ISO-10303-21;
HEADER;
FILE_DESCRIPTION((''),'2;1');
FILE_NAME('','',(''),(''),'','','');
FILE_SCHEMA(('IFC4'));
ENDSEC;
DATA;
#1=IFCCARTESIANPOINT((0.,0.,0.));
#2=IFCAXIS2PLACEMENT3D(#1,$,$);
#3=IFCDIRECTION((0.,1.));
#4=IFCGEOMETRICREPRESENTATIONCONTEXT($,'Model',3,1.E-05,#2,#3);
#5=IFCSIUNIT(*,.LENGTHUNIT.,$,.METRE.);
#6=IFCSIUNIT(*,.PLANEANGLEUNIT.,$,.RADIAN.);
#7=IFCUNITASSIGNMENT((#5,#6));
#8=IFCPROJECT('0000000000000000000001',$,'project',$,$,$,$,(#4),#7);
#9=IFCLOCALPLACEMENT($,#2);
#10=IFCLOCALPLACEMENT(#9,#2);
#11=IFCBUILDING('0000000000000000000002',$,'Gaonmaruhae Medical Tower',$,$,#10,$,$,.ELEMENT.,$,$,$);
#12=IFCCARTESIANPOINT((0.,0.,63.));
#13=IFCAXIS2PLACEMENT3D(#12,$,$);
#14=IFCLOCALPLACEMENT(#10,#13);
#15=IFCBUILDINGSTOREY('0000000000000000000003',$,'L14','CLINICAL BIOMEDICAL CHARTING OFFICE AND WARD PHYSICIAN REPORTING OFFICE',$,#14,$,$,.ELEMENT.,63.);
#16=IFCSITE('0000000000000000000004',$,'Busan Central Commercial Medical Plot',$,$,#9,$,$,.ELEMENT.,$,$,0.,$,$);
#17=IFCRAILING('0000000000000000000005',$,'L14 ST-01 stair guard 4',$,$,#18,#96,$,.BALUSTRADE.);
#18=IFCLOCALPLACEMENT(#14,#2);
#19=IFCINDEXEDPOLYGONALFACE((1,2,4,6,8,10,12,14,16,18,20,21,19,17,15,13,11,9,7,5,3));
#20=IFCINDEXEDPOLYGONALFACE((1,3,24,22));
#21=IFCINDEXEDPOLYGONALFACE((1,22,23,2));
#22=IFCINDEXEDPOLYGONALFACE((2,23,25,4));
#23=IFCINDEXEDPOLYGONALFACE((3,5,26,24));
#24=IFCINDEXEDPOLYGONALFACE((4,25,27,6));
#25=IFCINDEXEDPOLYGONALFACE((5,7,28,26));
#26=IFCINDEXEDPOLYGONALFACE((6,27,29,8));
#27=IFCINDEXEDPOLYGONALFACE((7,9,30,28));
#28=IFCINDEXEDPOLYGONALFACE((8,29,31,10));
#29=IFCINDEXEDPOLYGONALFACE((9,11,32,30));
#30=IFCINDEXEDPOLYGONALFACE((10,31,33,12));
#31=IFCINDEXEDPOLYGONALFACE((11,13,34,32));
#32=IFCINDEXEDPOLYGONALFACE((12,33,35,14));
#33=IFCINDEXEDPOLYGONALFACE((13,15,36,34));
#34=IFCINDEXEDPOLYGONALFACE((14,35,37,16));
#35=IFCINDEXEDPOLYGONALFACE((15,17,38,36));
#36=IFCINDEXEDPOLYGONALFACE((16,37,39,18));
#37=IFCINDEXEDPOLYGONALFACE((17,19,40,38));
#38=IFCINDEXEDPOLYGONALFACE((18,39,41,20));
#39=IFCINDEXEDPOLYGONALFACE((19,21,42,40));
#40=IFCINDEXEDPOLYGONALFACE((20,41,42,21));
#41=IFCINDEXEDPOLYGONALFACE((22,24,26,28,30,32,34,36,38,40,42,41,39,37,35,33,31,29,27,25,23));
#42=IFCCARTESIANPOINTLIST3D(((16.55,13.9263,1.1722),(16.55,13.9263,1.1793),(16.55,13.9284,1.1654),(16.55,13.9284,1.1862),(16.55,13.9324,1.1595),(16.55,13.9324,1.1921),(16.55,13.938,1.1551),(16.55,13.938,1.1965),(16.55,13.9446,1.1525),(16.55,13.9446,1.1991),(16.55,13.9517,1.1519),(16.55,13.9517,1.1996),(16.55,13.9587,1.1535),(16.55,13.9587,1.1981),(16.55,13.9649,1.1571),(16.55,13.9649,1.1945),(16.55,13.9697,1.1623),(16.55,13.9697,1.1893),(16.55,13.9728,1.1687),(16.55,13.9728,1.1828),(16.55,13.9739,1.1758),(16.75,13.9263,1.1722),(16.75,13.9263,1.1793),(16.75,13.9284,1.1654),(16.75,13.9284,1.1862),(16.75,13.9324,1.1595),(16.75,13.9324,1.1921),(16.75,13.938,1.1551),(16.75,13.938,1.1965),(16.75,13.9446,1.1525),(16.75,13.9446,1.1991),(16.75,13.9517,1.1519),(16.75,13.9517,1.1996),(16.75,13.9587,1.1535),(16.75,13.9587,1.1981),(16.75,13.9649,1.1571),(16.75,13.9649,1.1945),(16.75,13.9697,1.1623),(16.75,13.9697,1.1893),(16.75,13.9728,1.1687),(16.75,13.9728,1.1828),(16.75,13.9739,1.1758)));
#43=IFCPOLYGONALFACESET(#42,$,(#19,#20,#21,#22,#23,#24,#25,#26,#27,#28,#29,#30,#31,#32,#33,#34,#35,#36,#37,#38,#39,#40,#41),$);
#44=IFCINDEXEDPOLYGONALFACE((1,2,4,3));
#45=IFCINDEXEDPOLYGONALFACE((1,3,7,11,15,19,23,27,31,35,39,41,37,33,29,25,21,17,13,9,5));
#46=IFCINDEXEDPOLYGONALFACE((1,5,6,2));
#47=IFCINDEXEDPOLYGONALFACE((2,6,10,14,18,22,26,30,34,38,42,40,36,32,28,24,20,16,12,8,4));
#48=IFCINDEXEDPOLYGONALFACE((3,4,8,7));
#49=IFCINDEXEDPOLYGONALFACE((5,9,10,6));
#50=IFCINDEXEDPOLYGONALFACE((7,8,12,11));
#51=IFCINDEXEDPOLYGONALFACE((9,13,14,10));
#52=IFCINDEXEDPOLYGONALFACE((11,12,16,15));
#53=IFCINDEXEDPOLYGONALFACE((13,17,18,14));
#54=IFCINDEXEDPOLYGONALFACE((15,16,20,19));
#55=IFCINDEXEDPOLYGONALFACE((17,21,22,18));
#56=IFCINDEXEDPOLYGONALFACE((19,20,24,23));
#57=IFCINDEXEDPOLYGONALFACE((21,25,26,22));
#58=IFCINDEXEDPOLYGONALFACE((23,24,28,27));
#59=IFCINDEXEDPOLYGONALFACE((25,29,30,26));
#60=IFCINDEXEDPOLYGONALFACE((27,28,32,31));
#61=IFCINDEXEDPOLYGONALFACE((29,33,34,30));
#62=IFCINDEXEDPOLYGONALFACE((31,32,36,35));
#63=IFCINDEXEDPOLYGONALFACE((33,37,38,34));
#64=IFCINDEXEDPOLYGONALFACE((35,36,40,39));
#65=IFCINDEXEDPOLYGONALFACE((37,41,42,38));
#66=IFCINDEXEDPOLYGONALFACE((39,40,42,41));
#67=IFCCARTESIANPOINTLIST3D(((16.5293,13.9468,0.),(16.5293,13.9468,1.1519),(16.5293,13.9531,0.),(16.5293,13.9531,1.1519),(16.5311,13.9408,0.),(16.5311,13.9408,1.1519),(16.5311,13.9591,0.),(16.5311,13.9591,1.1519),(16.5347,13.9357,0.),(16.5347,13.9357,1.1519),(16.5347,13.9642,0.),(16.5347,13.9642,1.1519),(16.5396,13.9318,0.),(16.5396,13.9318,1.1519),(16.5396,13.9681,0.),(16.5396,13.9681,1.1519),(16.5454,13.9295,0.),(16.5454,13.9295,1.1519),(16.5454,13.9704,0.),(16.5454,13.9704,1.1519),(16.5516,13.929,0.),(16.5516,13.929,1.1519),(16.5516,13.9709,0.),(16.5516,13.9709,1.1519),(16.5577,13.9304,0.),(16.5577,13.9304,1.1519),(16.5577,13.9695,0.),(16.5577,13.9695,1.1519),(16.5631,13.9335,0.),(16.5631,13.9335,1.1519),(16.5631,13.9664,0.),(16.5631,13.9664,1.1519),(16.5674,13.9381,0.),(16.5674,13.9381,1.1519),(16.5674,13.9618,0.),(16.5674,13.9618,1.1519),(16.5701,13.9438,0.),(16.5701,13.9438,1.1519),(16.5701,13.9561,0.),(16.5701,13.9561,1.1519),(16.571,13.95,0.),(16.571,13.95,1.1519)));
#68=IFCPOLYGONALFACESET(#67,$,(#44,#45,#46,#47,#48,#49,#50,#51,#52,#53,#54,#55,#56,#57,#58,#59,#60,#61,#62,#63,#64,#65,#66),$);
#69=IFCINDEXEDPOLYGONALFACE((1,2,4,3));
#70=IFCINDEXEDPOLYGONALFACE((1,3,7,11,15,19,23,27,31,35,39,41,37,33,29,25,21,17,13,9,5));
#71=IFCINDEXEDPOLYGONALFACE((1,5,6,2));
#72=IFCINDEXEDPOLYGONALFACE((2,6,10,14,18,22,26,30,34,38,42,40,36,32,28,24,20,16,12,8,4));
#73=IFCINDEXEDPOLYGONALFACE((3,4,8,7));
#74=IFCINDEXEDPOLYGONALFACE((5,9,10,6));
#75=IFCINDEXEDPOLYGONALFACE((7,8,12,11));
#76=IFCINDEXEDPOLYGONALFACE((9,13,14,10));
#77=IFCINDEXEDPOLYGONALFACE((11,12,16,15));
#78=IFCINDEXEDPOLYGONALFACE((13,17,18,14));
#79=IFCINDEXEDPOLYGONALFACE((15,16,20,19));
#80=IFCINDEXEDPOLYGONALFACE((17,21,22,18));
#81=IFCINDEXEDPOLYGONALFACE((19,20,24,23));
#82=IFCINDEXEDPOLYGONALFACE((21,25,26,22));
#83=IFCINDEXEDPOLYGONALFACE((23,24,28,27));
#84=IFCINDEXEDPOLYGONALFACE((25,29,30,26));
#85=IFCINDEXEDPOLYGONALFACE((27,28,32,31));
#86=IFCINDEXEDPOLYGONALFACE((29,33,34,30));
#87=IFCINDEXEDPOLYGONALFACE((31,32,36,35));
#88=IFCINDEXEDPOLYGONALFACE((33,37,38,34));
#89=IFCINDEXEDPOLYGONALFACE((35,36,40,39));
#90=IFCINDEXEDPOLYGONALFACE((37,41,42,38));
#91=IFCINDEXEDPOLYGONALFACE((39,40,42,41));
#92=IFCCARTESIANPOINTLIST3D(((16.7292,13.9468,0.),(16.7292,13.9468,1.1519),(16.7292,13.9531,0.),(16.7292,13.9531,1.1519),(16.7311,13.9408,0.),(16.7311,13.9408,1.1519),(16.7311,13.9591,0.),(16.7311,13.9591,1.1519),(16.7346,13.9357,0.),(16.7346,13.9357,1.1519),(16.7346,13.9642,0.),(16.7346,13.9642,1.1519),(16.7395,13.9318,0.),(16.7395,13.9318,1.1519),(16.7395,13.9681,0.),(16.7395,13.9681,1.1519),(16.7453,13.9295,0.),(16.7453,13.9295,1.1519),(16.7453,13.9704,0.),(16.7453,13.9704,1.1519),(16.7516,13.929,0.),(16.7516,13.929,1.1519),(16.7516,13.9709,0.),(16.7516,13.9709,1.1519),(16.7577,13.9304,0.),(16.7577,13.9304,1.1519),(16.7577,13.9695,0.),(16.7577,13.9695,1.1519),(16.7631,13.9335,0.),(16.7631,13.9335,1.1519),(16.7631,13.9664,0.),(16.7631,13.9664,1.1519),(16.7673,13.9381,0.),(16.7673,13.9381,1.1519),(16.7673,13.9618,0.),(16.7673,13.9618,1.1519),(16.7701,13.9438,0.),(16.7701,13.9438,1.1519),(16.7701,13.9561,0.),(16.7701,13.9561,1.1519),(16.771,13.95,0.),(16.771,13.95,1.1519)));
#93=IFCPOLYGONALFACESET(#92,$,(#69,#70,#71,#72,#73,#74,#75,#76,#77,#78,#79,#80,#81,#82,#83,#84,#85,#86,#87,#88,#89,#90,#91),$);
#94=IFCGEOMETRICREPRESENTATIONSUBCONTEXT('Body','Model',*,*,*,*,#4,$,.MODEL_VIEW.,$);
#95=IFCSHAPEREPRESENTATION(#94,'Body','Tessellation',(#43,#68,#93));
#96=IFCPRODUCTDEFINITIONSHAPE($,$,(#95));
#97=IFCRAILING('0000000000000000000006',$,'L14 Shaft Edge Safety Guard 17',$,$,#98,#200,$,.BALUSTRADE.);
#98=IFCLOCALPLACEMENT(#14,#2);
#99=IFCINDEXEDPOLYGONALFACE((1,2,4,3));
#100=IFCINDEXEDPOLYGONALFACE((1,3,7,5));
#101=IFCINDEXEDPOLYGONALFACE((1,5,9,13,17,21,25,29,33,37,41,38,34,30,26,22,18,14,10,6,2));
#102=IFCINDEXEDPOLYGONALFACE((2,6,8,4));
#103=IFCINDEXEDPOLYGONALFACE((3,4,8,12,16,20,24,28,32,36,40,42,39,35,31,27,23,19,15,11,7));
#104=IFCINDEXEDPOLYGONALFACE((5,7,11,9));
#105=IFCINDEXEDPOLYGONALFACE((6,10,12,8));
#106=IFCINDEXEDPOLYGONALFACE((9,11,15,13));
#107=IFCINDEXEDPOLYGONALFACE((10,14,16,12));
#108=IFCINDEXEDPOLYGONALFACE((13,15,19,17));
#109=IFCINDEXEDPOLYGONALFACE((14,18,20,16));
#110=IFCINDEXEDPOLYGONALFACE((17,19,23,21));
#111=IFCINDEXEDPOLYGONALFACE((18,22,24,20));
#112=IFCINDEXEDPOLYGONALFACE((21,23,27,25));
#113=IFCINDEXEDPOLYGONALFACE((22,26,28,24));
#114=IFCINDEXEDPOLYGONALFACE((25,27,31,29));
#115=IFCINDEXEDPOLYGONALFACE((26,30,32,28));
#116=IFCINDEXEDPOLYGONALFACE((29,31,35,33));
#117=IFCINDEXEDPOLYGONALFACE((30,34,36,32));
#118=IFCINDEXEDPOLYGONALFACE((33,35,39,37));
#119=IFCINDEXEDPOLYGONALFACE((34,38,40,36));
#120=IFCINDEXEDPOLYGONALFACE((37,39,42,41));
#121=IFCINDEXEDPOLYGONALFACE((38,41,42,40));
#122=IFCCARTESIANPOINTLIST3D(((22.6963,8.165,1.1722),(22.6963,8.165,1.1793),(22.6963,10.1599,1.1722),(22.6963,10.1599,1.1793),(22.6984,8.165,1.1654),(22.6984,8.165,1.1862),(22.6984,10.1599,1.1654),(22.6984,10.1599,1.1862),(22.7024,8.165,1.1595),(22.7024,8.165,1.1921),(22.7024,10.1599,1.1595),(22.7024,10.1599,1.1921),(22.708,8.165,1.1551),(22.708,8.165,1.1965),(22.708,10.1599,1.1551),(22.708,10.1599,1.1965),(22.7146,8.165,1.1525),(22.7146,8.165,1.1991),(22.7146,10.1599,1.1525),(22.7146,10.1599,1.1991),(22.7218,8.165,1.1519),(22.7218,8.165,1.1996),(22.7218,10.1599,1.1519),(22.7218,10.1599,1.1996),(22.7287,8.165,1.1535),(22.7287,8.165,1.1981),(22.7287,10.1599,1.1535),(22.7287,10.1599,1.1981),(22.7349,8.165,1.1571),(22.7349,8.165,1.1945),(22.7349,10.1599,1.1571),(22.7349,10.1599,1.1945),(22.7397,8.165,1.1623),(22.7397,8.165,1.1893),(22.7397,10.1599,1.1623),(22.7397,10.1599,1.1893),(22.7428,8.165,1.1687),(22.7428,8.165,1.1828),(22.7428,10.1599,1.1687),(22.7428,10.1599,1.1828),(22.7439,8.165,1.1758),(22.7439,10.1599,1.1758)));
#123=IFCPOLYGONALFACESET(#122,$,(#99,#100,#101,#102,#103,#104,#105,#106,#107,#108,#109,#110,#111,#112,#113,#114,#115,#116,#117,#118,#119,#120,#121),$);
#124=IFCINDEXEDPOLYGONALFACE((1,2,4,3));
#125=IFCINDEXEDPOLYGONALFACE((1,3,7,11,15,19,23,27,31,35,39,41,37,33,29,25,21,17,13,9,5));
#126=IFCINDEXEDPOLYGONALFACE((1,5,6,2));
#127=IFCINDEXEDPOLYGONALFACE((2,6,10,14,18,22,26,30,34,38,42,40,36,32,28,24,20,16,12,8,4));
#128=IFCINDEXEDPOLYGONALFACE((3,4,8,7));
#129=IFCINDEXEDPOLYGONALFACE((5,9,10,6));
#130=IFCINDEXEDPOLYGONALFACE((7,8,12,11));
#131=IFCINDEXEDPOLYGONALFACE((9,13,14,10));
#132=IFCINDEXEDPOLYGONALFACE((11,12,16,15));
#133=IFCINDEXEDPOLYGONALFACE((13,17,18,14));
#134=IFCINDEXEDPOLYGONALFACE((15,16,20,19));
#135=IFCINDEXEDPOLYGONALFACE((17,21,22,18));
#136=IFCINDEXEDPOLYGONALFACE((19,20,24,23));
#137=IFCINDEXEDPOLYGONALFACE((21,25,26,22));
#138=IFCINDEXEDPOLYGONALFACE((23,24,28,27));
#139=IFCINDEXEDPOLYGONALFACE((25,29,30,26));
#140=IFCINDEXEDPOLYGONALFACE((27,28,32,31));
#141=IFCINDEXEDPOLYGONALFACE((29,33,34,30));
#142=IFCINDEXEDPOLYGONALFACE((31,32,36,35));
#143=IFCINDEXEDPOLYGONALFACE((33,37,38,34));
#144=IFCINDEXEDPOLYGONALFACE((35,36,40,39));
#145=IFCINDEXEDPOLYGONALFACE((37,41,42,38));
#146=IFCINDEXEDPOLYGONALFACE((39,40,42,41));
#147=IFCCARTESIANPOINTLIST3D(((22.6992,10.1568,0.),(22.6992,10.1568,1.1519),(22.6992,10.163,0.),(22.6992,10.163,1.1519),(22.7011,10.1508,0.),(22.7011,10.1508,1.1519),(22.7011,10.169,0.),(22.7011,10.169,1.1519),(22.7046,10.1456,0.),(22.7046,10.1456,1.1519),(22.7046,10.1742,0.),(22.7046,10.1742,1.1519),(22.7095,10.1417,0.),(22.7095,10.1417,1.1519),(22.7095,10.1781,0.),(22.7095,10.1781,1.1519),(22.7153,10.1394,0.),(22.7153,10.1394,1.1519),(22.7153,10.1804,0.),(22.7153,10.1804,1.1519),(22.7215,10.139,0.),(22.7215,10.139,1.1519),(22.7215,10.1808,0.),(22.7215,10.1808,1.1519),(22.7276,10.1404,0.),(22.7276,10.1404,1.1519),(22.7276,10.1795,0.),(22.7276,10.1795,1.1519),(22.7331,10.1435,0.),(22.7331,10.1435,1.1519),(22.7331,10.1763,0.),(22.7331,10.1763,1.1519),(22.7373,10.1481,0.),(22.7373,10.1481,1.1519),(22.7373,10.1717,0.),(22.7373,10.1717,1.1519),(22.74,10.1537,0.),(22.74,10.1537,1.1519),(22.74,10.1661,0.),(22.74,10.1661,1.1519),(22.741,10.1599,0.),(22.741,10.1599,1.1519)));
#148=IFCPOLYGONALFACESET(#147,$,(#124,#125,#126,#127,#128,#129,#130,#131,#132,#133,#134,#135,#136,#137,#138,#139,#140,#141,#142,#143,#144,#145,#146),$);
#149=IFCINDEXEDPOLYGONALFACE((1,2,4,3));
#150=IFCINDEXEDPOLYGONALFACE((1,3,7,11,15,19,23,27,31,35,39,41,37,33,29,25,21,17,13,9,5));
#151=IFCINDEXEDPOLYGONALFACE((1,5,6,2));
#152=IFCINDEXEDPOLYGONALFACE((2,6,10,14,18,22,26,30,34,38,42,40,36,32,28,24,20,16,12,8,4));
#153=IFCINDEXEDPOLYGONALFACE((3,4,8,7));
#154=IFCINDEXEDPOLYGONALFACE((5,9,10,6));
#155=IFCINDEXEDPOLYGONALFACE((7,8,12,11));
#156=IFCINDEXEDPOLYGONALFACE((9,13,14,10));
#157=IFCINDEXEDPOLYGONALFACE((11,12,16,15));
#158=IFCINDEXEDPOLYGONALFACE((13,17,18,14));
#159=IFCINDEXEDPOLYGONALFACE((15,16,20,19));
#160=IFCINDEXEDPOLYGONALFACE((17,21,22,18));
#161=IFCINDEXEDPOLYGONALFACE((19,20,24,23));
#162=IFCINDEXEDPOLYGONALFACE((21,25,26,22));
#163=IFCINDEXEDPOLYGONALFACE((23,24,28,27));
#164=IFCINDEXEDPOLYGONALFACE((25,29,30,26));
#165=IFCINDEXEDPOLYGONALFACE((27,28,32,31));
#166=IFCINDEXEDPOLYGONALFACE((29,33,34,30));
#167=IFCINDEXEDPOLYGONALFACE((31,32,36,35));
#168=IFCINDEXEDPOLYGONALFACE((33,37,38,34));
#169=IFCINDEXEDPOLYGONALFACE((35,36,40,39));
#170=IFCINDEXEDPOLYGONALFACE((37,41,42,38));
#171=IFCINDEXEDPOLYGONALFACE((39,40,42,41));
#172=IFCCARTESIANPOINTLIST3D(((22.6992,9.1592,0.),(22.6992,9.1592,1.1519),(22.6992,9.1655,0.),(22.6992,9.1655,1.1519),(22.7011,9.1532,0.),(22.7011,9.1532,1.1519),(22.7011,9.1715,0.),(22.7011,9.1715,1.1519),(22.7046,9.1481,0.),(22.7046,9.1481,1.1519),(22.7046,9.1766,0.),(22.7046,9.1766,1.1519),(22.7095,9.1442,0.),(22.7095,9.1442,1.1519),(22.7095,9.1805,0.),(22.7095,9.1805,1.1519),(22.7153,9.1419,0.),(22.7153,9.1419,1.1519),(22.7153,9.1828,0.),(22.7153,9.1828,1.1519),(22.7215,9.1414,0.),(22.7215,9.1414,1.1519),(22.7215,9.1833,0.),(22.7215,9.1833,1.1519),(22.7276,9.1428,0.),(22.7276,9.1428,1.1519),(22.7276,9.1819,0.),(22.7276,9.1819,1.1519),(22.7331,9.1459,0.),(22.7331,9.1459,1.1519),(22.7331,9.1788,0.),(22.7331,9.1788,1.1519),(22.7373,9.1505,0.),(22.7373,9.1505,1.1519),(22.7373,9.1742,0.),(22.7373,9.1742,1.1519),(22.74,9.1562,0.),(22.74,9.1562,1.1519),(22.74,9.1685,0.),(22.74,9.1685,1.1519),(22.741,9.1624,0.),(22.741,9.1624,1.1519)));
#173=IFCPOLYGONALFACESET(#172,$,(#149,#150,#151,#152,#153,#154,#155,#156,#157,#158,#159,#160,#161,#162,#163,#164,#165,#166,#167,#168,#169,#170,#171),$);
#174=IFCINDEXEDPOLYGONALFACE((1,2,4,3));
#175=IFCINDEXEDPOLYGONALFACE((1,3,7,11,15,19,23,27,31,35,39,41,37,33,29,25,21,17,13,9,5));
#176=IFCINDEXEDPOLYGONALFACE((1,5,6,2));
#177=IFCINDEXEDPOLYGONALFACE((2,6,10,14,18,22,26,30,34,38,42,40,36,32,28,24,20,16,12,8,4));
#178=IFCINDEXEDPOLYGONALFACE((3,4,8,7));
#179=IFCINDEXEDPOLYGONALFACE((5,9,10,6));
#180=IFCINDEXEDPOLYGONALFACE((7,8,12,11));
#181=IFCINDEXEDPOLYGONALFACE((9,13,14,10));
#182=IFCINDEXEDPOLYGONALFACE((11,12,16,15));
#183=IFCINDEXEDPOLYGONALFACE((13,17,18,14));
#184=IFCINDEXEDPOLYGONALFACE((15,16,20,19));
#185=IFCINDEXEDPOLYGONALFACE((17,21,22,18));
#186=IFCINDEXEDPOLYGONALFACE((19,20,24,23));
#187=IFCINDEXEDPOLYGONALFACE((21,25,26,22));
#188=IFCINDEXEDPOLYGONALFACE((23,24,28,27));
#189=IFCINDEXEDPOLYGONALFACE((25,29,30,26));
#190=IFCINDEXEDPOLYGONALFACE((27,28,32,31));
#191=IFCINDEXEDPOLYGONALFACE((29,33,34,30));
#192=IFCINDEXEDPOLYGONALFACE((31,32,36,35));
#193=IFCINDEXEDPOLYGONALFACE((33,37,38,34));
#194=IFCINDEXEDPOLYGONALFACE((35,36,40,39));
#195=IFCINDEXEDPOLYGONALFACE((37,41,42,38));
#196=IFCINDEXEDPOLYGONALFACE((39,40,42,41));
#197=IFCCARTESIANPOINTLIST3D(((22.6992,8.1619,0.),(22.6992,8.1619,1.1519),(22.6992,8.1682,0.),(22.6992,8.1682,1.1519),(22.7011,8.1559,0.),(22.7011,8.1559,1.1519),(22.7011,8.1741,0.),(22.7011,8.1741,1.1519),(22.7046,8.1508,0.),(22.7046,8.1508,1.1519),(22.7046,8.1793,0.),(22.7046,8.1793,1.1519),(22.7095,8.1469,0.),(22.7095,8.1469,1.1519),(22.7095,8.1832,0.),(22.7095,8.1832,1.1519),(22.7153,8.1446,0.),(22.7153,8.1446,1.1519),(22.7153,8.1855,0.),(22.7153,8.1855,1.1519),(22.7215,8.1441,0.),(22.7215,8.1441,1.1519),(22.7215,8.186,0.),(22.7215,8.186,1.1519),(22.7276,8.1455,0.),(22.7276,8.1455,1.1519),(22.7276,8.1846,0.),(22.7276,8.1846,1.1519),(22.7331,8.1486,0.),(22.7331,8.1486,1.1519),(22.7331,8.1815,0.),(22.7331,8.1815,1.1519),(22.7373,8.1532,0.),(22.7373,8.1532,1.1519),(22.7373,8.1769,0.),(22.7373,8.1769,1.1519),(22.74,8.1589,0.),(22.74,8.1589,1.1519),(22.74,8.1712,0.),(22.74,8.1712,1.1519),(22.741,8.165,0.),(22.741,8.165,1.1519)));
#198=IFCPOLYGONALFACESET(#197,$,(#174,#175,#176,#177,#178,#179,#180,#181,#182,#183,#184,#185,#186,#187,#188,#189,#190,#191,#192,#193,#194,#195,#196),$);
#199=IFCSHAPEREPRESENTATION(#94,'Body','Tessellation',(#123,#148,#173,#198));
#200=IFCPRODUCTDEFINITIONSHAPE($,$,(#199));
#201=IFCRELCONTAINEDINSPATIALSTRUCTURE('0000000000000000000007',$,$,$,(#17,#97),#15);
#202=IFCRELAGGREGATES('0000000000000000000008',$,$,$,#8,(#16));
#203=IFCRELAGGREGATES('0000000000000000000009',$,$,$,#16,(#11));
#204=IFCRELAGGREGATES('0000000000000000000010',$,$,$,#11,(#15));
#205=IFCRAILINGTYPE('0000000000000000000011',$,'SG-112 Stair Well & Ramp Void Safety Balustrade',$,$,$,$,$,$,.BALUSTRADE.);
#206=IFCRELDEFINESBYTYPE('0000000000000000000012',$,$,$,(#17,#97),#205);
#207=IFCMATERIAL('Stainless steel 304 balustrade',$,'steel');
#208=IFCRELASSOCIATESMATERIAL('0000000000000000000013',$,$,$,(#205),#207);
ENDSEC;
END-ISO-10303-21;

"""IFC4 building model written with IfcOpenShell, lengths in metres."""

from ifc_helpers import new_model, si_unit, direction, frame, origin, origin_2d, place, context, subcontext, project, spatial, circle, extrude, material, type_object, element, save


model = new_model("IFC4")

# Units and contexts
model_context = context("Model", 3, precision=1e-05, world=origin(), true_north=direction((0.0, 1.0)))
body_context = subcontext(model_context, "Body", "Model", "MODEL_VIEW")
ifc_project = project(units=[si_unit("LENGTHUNIT", "METRE"), si_unit("PLANEANGLEUNIT", "RADIAN")], contexts=[model_context])

# Site, building, storey
site_placement = place(None, origin())
site = spatial("IfcSite", under=ifc_project, at=site_placement, Name="Busan Central Commercial Medical Plot", CompositionType="ELEMENT", RefElevation=0.0)
building_placement = place(site_placement, origin())
building = spatial("IfcBuilding", under=site, at=building_placement, Name="Gaonmaruhae Medical Tower", CompositionType="ELEMENT")
storey_placement = place(building_placement, frame((0.0, 0.0, 63.0)))
storey = spatial("IfcBuildingStorey", under=building, at=storey_placement, Name="L14", Description="CLINICAL BIOMEDICAL CHARTING OFFICE AND WARD PHYSICIAN REPORTING OFFICE", CompositionType="ELEMENT", Elevation=63.0)

# Railings
ifc_material_1 = material(Name="Stainless steel 304 balustrade", Category="steel")
railing_type_1 = type_object("IfcRailingType", Name="SG-112 Stair Well & Ramp Void Safety Balustrade", PredefinedType="BALUSTRADE", material=ifc_material_1)
railing_1_placement = place(storey_placement, frame((16.55, 13.95, 0.0)))
element("IfcRailing", 1, at=railing_1_placement, inside=storey, type_object=railing_type_1, Name="L14 ST-01 stair guard 4", PredefinedType="BALUSTRADE", context=body_context, shape_type="SweptSolid", body=[
    extrude(circle(Radius=0.0239, at=origin_2d()), frame((0.0, 0.0, 1.1758), z_axis=(1.0, 0.0, 0.0), x_axis=(0.0, 1.0, 0.0)), (0.0, 0.0, 1.0), 0.2),
    extrude(circle(Radius=0.021, at=origin_2d()), origin(), (0.0, 0.0, 1.0), 1.1519),
    extrude(circle(Radius=0.021, at=origin_2d()), frame((0.2, 0.0, 0.0)), (0.0, 0.0, 1.0), 1.1519),
])
railing_2_placement = place(storey_placement, frame((22.72, 10.1599, 0.0)))
element("IfcRailing", 2, at=railing_2_placement, inside=storey, type_object=railing_type_1, Name="L14 Shaft Edge Safety Guard 17", PredefinedType="BALUSTRADE", context=body_context, shape_type="SweptSolid", body=[
    extrude(circle(Radius=0.0239, at=origin_2d()), frame((0.0, 0.0, 1.1758), z_axis=(0.0, -1.0, 0.0), x_axis=(1.0, 0.0, 0.0)), (0.0, 0.0, 1.0), 1.9949),
    extrude(circle(Radius=0.021, at=origin_2d()), origin(), (0.0, 0.0, 1.0), 1.1519),
    extrude(circle(Radius=0.021, at=origin_2d()), frame((0.0, -0.9976, 0.0)), (0.0, 0.0, 1.0), 1.1519),
    extrude(circle(Radius=0.021, at=origin_2d()), frame((0.0, -1.9949, 0.0)), (0.0, 0.0, 1.0), 1.1519),
])

save(model, "model.ifc")
